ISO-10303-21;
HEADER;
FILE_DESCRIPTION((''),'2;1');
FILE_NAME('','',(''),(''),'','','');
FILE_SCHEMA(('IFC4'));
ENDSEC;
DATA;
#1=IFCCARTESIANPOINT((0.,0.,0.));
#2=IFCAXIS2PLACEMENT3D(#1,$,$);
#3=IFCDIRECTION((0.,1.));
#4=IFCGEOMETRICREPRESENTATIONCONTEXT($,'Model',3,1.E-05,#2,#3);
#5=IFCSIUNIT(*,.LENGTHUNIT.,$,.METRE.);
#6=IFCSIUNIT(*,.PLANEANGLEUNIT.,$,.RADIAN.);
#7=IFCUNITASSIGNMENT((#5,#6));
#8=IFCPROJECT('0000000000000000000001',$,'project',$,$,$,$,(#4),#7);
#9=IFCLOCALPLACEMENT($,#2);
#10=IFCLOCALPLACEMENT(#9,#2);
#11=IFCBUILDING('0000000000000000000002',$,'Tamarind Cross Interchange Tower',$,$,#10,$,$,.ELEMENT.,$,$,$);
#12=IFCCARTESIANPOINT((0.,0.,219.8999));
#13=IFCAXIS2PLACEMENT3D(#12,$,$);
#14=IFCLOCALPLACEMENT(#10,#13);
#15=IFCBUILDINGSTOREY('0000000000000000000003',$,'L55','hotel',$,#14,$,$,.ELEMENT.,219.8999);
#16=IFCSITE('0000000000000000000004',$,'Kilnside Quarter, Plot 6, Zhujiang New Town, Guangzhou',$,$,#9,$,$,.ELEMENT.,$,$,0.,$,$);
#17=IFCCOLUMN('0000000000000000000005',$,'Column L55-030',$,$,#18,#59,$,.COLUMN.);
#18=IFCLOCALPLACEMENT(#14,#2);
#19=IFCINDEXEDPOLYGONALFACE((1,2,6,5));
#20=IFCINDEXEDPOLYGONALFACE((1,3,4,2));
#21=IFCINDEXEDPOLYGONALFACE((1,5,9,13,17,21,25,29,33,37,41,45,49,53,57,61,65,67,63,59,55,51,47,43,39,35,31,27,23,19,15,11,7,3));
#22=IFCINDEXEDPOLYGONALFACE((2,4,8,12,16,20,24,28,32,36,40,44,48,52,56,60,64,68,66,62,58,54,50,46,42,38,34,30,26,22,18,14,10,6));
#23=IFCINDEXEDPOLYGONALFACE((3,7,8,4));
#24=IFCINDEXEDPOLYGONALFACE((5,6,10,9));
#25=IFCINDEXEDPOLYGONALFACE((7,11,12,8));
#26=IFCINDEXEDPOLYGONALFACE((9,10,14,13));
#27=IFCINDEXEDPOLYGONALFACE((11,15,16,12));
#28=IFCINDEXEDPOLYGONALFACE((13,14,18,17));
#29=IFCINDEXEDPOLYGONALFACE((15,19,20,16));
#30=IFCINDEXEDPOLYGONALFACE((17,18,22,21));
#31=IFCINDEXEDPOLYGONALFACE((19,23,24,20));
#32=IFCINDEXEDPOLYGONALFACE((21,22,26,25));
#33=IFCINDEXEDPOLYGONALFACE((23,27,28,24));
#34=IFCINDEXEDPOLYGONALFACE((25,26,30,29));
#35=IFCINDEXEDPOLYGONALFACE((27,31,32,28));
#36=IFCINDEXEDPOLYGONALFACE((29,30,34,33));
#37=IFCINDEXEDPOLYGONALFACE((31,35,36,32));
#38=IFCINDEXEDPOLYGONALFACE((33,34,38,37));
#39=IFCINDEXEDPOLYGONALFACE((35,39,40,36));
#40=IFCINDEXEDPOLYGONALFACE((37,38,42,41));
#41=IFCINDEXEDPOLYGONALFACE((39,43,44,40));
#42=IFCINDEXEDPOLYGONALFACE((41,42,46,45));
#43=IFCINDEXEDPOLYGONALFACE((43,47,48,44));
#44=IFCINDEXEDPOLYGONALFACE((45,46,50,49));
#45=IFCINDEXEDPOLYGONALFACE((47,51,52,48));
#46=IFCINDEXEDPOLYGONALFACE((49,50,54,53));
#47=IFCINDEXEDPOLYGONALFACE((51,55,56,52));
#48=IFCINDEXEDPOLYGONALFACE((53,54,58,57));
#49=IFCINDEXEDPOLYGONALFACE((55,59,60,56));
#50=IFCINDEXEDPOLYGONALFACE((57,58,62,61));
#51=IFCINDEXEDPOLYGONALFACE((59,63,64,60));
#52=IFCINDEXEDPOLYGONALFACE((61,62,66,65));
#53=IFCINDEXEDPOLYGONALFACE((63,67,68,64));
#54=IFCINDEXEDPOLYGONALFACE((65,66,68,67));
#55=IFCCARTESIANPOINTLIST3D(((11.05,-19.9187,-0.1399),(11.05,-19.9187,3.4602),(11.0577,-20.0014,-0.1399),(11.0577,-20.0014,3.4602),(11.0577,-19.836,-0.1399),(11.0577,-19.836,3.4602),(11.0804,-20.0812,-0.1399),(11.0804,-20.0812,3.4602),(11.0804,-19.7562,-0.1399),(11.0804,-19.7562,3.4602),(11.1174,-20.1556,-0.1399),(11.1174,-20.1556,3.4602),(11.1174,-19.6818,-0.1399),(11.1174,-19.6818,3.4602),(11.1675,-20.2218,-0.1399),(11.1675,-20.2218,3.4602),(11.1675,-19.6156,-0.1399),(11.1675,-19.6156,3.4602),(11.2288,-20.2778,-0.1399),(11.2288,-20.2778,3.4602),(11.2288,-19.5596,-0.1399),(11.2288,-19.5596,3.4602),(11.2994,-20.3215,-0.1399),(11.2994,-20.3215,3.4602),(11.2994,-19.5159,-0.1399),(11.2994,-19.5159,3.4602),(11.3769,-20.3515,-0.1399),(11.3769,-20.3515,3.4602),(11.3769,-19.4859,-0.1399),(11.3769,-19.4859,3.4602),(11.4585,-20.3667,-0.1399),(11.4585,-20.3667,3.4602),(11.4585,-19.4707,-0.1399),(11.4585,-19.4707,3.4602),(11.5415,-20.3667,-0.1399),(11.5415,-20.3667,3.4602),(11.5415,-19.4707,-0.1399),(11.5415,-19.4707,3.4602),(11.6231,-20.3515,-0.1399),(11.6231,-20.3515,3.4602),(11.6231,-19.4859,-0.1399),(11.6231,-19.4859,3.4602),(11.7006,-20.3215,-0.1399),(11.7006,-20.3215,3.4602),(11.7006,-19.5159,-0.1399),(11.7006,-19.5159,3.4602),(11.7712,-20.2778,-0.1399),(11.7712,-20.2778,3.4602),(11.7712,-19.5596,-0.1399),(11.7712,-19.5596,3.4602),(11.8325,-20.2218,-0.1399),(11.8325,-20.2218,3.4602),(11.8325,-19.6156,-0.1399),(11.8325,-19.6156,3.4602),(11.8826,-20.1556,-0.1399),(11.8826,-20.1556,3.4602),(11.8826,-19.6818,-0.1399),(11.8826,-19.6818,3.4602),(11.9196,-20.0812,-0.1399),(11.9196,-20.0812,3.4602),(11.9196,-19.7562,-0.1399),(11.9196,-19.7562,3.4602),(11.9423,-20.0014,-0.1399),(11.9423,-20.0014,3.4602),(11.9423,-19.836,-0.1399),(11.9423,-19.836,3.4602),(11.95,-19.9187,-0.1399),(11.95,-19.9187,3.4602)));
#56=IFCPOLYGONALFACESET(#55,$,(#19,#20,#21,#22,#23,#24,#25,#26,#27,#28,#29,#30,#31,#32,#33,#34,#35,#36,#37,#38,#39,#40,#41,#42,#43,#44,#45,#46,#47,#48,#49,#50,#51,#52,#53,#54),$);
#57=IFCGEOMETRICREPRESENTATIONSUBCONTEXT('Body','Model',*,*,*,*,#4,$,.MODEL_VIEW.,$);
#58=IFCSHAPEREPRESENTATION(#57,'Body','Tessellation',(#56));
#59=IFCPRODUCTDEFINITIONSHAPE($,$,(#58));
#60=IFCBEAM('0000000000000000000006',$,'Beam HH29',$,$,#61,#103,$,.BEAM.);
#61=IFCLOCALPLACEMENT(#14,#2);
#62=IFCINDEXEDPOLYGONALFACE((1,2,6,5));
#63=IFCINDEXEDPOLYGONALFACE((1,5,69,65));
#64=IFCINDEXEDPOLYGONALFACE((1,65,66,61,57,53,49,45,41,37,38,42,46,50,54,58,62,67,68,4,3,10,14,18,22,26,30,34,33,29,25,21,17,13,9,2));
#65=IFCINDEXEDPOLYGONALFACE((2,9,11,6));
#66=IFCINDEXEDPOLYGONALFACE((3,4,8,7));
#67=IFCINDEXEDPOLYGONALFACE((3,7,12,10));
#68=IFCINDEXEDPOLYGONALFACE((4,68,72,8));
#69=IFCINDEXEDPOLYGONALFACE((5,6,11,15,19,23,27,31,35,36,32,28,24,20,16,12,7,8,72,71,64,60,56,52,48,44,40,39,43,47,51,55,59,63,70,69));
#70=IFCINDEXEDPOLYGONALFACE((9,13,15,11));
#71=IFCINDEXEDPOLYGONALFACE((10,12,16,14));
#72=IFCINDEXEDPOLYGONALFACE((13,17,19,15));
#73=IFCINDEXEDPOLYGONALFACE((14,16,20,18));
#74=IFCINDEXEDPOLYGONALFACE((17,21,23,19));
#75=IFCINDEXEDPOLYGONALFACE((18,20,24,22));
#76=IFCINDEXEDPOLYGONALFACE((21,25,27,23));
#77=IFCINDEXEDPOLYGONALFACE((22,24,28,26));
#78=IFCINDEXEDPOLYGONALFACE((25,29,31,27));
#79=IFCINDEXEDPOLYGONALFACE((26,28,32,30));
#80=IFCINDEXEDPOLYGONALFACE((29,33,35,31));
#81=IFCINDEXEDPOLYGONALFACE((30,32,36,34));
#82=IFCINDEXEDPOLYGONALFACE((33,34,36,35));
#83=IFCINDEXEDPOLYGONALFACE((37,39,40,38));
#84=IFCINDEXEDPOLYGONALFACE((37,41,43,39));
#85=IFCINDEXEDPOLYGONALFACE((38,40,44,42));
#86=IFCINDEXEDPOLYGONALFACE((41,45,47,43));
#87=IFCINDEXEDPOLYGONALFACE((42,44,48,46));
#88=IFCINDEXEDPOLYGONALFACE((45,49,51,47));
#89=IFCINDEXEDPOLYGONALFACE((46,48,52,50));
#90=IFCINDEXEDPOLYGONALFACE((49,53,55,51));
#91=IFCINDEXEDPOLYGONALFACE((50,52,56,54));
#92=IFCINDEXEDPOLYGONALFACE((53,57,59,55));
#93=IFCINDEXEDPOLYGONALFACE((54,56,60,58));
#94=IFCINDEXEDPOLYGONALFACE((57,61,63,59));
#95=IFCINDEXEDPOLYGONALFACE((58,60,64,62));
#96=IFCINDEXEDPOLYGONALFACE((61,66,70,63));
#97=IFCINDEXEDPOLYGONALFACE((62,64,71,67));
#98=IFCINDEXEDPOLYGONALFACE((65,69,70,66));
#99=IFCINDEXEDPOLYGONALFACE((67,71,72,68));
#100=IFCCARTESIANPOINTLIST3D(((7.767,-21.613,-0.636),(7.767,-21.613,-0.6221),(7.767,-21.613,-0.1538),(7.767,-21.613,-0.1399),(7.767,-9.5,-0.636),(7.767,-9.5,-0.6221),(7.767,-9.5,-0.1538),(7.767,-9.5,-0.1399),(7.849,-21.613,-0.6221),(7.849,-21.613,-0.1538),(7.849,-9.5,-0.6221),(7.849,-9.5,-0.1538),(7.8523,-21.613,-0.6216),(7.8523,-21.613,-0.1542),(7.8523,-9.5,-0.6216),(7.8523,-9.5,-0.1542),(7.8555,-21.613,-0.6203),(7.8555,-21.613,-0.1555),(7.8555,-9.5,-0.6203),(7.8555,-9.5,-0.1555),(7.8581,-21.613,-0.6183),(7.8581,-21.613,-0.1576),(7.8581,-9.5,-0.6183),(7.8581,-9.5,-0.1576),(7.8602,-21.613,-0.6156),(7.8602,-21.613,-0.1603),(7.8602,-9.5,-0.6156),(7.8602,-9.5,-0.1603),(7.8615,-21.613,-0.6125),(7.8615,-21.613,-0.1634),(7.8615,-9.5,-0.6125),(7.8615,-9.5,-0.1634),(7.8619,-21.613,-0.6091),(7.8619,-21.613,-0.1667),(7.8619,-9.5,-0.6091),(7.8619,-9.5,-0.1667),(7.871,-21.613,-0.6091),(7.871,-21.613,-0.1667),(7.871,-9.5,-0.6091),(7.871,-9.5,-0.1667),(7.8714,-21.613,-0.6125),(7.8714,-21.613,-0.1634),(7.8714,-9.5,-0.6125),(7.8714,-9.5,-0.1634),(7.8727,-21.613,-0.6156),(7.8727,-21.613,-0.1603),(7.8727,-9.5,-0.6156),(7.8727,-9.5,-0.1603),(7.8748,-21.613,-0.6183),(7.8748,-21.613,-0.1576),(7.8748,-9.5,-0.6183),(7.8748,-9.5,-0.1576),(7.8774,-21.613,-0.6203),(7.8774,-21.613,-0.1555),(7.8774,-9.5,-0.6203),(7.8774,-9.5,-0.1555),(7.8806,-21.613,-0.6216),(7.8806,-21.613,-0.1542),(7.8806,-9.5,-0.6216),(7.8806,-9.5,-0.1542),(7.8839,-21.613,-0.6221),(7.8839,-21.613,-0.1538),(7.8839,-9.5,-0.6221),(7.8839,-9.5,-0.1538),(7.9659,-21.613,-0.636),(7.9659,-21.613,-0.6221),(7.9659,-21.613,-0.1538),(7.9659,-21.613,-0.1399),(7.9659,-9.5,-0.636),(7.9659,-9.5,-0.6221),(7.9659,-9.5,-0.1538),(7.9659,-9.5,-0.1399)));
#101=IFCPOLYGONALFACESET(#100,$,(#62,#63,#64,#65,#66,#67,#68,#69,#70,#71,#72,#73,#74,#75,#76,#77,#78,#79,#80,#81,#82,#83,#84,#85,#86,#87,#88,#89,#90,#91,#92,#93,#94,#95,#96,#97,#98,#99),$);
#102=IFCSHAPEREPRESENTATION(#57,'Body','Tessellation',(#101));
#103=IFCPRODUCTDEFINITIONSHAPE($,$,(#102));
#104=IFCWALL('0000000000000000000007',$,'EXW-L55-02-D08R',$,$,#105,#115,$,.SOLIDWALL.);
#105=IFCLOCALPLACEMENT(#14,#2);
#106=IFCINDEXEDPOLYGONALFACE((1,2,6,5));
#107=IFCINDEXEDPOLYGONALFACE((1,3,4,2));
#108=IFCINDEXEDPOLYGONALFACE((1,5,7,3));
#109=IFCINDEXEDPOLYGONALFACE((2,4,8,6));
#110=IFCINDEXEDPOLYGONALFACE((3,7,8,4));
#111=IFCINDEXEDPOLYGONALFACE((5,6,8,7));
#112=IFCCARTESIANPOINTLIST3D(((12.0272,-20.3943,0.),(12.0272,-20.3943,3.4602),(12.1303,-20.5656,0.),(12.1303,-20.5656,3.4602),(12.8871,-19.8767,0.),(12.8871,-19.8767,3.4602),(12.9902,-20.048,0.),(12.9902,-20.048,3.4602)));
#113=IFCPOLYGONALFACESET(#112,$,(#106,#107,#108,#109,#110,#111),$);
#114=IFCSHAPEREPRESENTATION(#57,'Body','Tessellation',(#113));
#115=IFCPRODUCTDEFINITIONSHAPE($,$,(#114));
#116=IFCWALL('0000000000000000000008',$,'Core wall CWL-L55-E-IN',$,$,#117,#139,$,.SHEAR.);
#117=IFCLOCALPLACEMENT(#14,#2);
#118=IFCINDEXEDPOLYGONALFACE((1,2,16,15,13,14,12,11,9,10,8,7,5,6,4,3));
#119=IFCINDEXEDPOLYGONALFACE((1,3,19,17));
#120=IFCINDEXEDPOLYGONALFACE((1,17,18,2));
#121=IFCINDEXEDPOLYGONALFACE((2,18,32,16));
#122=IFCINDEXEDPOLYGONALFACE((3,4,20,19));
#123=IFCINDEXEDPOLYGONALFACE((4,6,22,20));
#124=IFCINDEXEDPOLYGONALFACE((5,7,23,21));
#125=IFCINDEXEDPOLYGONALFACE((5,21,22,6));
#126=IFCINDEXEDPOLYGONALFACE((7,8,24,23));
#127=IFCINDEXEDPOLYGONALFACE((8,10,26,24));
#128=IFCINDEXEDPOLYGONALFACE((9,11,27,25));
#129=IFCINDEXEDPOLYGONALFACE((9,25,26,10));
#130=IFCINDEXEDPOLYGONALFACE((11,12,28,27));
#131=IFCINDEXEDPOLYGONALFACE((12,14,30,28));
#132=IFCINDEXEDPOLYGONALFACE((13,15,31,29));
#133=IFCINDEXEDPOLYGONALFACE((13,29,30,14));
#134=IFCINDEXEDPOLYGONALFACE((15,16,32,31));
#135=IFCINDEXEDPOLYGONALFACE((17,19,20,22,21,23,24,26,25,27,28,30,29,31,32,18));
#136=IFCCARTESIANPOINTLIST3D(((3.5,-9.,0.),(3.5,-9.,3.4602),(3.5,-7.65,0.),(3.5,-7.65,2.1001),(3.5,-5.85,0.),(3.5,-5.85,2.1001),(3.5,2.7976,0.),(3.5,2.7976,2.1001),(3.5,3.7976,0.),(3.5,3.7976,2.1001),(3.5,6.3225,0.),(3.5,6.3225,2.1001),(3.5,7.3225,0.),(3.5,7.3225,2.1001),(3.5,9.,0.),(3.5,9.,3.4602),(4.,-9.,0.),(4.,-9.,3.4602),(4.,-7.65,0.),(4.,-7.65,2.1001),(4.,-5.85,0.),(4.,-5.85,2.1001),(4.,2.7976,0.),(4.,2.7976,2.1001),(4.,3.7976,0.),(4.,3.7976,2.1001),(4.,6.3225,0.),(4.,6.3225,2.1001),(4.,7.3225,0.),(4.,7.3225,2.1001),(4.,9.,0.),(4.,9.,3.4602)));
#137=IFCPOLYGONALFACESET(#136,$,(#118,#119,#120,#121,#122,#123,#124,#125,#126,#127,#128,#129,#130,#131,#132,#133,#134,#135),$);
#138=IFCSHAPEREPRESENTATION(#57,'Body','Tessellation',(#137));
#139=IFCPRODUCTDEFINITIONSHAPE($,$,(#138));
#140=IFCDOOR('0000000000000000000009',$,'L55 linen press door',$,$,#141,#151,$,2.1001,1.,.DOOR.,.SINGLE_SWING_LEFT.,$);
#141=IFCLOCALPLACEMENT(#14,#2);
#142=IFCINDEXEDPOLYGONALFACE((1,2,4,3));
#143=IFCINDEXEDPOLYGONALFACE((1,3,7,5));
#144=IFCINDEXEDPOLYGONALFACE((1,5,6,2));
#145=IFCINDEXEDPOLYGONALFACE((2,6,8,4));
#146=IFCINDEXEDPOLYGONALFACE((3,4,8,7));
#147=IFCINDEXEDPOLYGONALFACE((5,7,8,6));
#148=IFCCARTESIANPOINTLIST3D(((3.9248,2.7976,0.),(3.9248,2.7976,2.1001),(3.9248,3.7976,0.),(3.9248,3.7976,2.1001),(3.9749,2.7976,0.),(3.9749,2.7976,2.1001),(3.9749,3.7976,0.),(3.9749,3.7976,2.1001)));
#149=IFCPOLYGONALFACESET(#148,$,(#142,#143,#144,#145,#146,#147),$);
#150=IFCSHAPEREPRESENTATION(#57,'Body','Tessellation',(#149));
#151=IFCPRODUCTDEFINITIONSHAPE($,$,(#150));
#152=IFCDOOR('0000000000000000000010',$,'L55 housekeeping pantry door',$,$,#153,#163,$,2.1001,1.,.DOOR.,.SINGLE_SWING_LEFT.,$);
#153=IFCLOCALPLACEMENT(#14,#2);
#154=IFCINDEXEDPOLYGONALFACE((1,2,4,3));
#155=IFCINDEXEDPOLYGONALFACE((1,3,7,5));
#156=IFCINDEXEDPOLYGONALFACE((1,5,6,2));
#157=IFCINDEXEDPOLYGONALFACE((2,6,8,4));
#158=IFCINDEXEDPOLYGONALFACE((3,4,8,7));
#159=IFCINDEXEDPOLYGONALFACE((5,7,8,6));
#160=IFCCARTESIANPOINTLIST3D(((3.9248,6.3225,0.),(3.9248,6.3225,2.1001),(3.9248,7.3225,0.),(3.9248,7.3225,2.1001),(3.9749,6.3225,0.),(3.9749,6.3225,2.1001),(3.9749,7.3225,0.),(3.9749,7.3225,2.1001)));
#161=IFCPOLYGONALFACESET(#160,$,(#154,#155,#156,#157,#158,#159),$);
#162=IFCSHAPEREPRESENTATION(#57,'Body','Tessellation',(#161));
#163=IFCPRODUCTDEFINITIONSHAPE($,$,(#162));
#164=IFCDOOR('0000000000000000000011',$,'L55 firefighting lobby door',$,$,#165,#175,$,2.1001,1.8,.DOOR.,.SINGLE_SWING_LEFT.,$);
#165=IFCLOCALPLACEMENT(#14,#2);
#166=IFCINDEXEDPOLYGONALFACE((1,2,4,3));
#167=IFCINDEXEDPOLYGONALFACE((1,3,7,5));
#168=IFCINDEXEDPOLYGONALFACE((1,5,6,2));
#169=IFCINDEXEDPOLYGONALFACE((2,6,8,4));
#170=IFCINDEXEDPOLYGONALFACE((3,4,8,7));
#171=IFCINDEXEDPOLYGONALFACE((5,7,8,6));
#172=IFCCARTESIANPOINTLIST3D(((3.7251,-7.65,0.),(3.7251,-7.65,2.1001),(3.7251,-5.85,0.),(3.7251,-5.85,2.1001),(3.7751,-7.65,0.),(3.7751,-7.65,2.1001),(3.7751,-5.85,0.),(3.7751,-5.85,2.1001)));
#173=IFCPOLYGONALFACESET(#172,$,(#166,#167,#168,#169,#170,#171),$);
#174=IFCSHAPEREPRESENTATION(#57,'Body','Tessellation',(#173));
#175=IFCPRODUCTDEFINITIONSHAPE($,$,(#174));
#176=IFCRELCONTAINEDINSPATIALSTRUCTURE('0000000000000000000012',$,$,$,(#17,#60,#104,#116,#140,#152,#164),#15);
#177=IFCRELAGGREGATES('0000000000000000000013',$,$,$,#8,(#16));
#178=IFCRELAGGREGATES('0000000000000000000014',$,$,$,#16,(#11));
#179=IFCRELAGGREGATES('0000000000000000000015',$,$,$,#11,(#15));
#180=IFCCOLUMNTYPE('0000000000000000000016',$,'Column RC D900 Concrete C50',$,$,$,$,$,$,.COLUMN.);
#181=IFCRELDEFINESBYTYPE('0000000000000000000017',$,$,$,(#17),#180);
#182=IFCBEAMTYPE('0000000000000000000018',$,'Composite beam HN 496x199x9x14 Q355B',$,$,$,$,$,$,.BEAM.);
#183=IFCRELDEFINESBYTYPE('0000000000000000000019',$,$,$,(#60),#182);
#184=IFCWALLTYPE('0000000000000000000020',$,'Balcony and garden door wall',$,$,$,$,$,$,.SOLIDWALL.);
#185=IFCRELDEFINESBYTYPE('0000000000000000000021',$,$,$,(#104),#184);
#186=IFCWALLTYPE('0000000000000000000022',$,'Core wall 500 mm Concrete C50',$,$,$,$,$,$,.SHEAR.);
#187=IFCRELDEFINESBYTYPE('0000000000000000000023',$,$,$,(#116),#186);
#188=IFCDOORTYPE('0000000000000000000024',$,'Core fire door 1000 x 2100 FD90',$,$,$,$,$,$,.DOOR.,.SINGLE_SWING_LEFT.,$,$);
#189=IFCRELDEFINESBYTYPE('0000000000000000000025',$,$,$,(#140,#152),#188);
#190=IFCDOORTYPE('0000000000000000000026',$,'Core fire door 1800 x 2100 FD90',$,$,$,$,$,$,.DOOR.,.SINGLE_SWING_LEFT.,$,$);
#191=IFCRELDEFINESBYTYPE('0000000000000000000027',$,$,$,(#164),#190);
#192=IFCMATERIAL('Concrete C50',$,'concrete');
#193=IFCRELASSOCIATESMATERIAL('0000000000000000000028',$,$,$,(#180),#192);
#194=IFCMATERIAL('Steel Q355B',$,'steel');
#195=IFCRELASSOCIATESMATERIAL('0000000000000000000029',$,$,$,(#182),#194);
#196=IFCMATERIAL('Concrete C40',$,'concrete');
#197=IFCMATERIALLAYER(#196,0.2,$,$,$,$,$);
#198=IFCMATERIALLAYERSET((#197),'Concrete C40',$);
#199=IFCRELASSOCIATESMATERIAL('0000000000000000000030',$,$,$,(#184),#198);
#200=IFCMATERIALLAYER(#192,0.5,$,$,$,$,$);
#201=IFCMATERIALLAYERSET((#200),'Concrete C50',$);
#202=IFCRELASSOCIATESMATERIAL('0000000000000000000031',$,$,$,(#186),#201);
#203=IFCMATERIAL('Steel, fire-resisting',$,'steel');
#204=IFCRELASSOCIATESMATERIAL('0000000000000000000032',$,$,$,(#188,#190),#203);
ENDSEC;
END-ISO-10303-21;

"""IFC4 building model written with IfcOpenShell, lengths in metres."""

from ifc_helpers import new_model, si_unit, direction, frame, frame_2d, origin, origin_2d, place, context, subcontext, project, spatial, rectangle, circle, i_section, extrude, material, layer, layer_set, material_profile, profile_set, type_object, element, fill, save


model = new_model("IFC4")

# Units and contexts
model_context = context("Model", 3, precision=1e-05, world=origin(), true_north=direction((0.0, 1.0)))
body_context = subcontext(model_context, "Body", "Model", "MODEL_VIEW")
ifc_project = project(units=[si_unit("LENGTHUNIT", "METRE"), si_unit("PLANEANGLEUNIT", "RADIAN")], contexts=[model_context])

# Site, building, storey
site_placement = place(None, origin())
site = spatial("IfcSite", under=ifc_project, at=site_placement, Name="Kilnside Quarter, Plot 6, Zhujiang New Town, Guangzhou", CompositionType="ELEMENT", RefElevation=0.0)
building_placement = place(site_placement, origin())
building = spatial("IfcBuilding", under=site, at=building_placement, Name="Tamarind Cross Interchange Tower", CompositionType="ELEMENT")
storey_placement = place(building_placement, frame((0.0, 0.0, 219.8999)))
storey = spatial("IfcBuildingStorey", under=building, at=storey_placement, Name="L55", Description="hotel", CompositionType="ELEMENT", Elevation=219.8999)

# Column
ifc_material_1 = material(Name="Concrete C50", Category="concrete")
ifc_material_profile_1 = material_profile(ifc_material_1, circle(Radius=0.45, at=origin_2d()), Name="RC D900")
ifc_profile_set_1 = profile_set([ifc_material_profile_1], Name="Concrete C50")
column_type = type_object("IfcColumnType", Name="Column RC D900 Concrete C50", PredefinedType="COLUMN", material=ifc_profile_set_1)
column_placement = place(storey_placement, frame((11.5, -19.9187, -0.1399), z_axis=(0.0, 0.0, 1.0), x_axis=(1.0, 0.0, 0.0)))
element("IfcColumn", 1, at=column_placement, inside=storey, type_object=column_type, Name="Column L55-030", PredefinedType="COLUMN", context=body_context, shape_type="SweptSolid", body=[
    extrude(circle(Radius=0.45, at=origin_2d()), origin(), (0.0, 0.0, 1.0), 3.6001),
])

# Beam
ifc_material_2 = material(Name="Steel Q355B", Category="steel")
ifc_material_profile_2 = material_profile(ifc_material_2, i_section(OverallWidth=0.199, OverallDepth=0.4961, WebThickness=0.009, FlangeThickness=0.0139, FilletRadius=0.0129, at=origin_2d()), Name="HN 496x199x9x14")
ifc_profile_set_2 = profile_set([ifc_material_profile_2], Name="Steel Q355B")
beam_type = type_object("IfcBeamType", Name="Composite beam HN 496x199x9x14 Q355B", PredefinedType="BEAM", material=ifc_profile_set_2)
beam_placement = place(storey_placement, frame((7.8665, -21.613, -0.3879), z_axis=(0.0, 1.0, 0.0), x_axis=(-1.0, 0.0, 0.0)))
element("IfcBeam", 2, at=beam_placement, inside=storey, type_object=beam_type, Name="Beam HH29", PredefinedType="BEAM", context=body_context, shape_type="SweptSolid", body=[
    extrude(i_section(OverallWidth=0.199, OverallDepth=0.4961, WebThickness=0.009, FlangeThickness=0.0139, FilletRadius=0.0129, at=origin_2d()), origin(), (0.0, 0.0, 1.0), 12.113),
])

# Wall
ifc_material_3 = material(Name="Concrete C40", Category="concrete")
ifc_layer_1 = layer(ifc_material_3, 0.2)
ifc_layer_set_1 = layer_set([ifc_layer_1], Name="Concrete C40")
wall_type_1 = type_object("IfcWallType", Name="Balcony and garden door wall", PredefinedType="SOLIDWALL", material=ifc_layer_set_1)
wall_1_placement = place(storey_placement, frame((12.0786, -20.48, 0.0), z_axis=(0.0, 0.0, 1.0), x_axis=(0.856762, 0.515712, 0.0)))
element("IfcWall", 3, at=wall_1_placement, inside=storey, type_object=wall_type_1, Name="EXW-L55-02-D08R", PredefinedType="SOLIDWALL", context=body_context, shape_type="SweptSolid", body=[
    extrude(rectangle(XDim=1.0037, YDim=0.2, at=frame_2d((0.502, 0.0))), origin(), (0.0, 0.0, 1.0), 3.4602),
])

# Wall, openings, doors
ifc_layer_2 = layer(ifc_material_1, 0.5)
ifc_layer_set_2 = layer_set([ifc_layer_2], Name="Concrete C50")
wall_type_2 = type_object("IfcWallType", Name="Core wall 500 mm Concrete C50", PredefinedType="SHEAR", material=ifc_layer_set_2)
wall_2_placement = place(storey_placement, frame((3.75, -9.0, 0.0), z_axis=(0.0, 0.0, 1.0), x_axis=(0.0, 1.0, 0.0)))
wall_2 = element("IfcWall", 4, at=wall_2_placement, inside=storey, type_object=wall_type_2, Name="Core wall CWL-L55-E-IN", PredefinedType="SHEAR", context=body_context, shape_type="SweptSolid", body=[
    extrude(rectangle(XDim=18.0, YDim=0.5, at=frame_2d((9.0, 0.0))), origin(), (0.0, 0.0, 1.0), 3.4602),
])
opening_1_placement = place(wall_2_placement, frame((1.3501, 0.0, 0.0)))
opening_1 = element("IfcOpeningElement", 5, at=opening_1_placement, cuts=wall_2, PredefinedType="OPENING", context=body_context, shape_type="SweptSolid", body=[
    extrude(rectangle(XDim=1.8, YDim=2.1001, at=frame_2d((0.8999, 1.05))), frame((0.0, 0.26, 0.0), z_axis=(0.0, -1.0, 0.0), x_axis=(1.0, 0.0, 0.0)), (0.0, 0.0, 1.0), 0.52),
])
opening_2_placement = place(wall_2_placement, frame((11.7976, 0.0, 0.0)))
opening_2 = element("IfcOpeningElement", 6, at=opening_2_placement, cuts=wall_2, PredefinedType="OPENING", context=body_context, shape_type="SweptSolid", body=[
    extrude(rectangle(XDim=1.0, YDim=2.1001, at=frame_2d((0.5, 1.05))), frame((0.0, 0.26, 0.0), z_axis=(0.0, -1.0, 0.0), x_axis=(1.0, 0.0, 0.0)), (0.0, 0.0, 1.0), 0.52),
])
opening_3_placement = place(wall_2_placement, frame((15.3225, 0.0, 0.0)))
opening_3 = element("IfcOpeningElement", 7, at=opening_3_placement, cuts=wall_2, PredefinedType="OPENING", context=body_context, shape_type="SweptSolid", body=[
    extrude(rectangle(XDim=1.0, YDim=2.1001, at=frame_2d((0.5, 1.05))), frame((0.0, 0.26, 0.0), z_axis=(0.0, -1.0, 0.0), x_axis=(1.0, 0.0, 0.0)), (0.0, 0.0, 1.0), 0.52),
])
ifc_material_4 = material(Name="Steel, fire-resisting", Category="steel")
door_type_1 = type_object("IfcDoorType", Name="Core fire door 1000 x 2100 FD90", OperationType="SINGLE_SWING_LEFT", PredefinedType="DOOR", material=ifc_material_4)
door_1_placement = place(opening_2_placement, origin())
door_1 = element("IfcDoor", 8, at=door_1_placement, inside=storey, type_object=door_type_1, Name="L55 linen press door", OperationType="SINGLE_SWING_LEFT", OverallHeight=2.1001, OverallWidth=1.0, PredefinedType="DOOR", context=body_context, shape_type="SweptSolid", body=[
    extrude(rectangle(XDim=1.0, YDim=2.1001, at=frame_2d((0.5, 1.05))), frame((0.0, -0.1748, 0.0), z_axis=(0.0, -1.0, 0.0), x_axis=(1.0, 0.0, 0.0)), (0.0, 0.0, 1.0), 0.05),
])
fill(opening_2, door_1)
door_2_placement = place(opening_3_placement, origin())
door_2 = element("IfcDoor", 9, at=door_2_placement, inside=storey, type_object=door_type_1, Name="L55 housekeeping pantry door", OperationType="SINGLE_SWING_LEFT", OverallHeight=2.1001, OverallWidth=1.0, PredefinedType="DOOR", context=body_context, shape_type="SweptSolid", body=[
    extrude(rectangle(XDim=1.0, YDim=2.1001, at=frame_2d((0.5, 1.05))), frame((0.0, -0.1748, 0.0), z_axis=(0.0, -1.0, 0.0), x_axis=(1.0, 0.0, 0.0)), (0.0, 0.0, 1.0), 0.05),
])
fill(opening_3, door_2)
door_type_2 = type_object("IfcDoorType", Name="Core fire door 1800 x 2100 FD90", OperationType="SINGLE_SWING_LEFT", PredefinedType="DOOR", material=ifc_material_4)
door_3_placement = place(opening_1_placement, origin())
door_3 = element("IfcDoor", 10, at=door_3_placement, inside=storey, type_object=door_type_2, Name="L55 firefighting lobby door", OperationType="SINGLE_SWING_LEFT", OverallHeight=2.1001, OverallWidth=1.8, PredefinedType="DOOR", context=body_context, shape_type="SweptSolid", body=[
    extrude(rectangle(XDim=1.8, YDim=2.1001, at=frame_2d((0.8999, 1.05))), frame((0.0, 0.0249, 0.0), z_axis=(0.0, -1.0, 0.0), x_axis=(1.0, 0.0, 0.0)), (0.0, 0.0, 1.0), 0.05),
])
fill(opening_1, door_3)

save(model, "model.ifc")
